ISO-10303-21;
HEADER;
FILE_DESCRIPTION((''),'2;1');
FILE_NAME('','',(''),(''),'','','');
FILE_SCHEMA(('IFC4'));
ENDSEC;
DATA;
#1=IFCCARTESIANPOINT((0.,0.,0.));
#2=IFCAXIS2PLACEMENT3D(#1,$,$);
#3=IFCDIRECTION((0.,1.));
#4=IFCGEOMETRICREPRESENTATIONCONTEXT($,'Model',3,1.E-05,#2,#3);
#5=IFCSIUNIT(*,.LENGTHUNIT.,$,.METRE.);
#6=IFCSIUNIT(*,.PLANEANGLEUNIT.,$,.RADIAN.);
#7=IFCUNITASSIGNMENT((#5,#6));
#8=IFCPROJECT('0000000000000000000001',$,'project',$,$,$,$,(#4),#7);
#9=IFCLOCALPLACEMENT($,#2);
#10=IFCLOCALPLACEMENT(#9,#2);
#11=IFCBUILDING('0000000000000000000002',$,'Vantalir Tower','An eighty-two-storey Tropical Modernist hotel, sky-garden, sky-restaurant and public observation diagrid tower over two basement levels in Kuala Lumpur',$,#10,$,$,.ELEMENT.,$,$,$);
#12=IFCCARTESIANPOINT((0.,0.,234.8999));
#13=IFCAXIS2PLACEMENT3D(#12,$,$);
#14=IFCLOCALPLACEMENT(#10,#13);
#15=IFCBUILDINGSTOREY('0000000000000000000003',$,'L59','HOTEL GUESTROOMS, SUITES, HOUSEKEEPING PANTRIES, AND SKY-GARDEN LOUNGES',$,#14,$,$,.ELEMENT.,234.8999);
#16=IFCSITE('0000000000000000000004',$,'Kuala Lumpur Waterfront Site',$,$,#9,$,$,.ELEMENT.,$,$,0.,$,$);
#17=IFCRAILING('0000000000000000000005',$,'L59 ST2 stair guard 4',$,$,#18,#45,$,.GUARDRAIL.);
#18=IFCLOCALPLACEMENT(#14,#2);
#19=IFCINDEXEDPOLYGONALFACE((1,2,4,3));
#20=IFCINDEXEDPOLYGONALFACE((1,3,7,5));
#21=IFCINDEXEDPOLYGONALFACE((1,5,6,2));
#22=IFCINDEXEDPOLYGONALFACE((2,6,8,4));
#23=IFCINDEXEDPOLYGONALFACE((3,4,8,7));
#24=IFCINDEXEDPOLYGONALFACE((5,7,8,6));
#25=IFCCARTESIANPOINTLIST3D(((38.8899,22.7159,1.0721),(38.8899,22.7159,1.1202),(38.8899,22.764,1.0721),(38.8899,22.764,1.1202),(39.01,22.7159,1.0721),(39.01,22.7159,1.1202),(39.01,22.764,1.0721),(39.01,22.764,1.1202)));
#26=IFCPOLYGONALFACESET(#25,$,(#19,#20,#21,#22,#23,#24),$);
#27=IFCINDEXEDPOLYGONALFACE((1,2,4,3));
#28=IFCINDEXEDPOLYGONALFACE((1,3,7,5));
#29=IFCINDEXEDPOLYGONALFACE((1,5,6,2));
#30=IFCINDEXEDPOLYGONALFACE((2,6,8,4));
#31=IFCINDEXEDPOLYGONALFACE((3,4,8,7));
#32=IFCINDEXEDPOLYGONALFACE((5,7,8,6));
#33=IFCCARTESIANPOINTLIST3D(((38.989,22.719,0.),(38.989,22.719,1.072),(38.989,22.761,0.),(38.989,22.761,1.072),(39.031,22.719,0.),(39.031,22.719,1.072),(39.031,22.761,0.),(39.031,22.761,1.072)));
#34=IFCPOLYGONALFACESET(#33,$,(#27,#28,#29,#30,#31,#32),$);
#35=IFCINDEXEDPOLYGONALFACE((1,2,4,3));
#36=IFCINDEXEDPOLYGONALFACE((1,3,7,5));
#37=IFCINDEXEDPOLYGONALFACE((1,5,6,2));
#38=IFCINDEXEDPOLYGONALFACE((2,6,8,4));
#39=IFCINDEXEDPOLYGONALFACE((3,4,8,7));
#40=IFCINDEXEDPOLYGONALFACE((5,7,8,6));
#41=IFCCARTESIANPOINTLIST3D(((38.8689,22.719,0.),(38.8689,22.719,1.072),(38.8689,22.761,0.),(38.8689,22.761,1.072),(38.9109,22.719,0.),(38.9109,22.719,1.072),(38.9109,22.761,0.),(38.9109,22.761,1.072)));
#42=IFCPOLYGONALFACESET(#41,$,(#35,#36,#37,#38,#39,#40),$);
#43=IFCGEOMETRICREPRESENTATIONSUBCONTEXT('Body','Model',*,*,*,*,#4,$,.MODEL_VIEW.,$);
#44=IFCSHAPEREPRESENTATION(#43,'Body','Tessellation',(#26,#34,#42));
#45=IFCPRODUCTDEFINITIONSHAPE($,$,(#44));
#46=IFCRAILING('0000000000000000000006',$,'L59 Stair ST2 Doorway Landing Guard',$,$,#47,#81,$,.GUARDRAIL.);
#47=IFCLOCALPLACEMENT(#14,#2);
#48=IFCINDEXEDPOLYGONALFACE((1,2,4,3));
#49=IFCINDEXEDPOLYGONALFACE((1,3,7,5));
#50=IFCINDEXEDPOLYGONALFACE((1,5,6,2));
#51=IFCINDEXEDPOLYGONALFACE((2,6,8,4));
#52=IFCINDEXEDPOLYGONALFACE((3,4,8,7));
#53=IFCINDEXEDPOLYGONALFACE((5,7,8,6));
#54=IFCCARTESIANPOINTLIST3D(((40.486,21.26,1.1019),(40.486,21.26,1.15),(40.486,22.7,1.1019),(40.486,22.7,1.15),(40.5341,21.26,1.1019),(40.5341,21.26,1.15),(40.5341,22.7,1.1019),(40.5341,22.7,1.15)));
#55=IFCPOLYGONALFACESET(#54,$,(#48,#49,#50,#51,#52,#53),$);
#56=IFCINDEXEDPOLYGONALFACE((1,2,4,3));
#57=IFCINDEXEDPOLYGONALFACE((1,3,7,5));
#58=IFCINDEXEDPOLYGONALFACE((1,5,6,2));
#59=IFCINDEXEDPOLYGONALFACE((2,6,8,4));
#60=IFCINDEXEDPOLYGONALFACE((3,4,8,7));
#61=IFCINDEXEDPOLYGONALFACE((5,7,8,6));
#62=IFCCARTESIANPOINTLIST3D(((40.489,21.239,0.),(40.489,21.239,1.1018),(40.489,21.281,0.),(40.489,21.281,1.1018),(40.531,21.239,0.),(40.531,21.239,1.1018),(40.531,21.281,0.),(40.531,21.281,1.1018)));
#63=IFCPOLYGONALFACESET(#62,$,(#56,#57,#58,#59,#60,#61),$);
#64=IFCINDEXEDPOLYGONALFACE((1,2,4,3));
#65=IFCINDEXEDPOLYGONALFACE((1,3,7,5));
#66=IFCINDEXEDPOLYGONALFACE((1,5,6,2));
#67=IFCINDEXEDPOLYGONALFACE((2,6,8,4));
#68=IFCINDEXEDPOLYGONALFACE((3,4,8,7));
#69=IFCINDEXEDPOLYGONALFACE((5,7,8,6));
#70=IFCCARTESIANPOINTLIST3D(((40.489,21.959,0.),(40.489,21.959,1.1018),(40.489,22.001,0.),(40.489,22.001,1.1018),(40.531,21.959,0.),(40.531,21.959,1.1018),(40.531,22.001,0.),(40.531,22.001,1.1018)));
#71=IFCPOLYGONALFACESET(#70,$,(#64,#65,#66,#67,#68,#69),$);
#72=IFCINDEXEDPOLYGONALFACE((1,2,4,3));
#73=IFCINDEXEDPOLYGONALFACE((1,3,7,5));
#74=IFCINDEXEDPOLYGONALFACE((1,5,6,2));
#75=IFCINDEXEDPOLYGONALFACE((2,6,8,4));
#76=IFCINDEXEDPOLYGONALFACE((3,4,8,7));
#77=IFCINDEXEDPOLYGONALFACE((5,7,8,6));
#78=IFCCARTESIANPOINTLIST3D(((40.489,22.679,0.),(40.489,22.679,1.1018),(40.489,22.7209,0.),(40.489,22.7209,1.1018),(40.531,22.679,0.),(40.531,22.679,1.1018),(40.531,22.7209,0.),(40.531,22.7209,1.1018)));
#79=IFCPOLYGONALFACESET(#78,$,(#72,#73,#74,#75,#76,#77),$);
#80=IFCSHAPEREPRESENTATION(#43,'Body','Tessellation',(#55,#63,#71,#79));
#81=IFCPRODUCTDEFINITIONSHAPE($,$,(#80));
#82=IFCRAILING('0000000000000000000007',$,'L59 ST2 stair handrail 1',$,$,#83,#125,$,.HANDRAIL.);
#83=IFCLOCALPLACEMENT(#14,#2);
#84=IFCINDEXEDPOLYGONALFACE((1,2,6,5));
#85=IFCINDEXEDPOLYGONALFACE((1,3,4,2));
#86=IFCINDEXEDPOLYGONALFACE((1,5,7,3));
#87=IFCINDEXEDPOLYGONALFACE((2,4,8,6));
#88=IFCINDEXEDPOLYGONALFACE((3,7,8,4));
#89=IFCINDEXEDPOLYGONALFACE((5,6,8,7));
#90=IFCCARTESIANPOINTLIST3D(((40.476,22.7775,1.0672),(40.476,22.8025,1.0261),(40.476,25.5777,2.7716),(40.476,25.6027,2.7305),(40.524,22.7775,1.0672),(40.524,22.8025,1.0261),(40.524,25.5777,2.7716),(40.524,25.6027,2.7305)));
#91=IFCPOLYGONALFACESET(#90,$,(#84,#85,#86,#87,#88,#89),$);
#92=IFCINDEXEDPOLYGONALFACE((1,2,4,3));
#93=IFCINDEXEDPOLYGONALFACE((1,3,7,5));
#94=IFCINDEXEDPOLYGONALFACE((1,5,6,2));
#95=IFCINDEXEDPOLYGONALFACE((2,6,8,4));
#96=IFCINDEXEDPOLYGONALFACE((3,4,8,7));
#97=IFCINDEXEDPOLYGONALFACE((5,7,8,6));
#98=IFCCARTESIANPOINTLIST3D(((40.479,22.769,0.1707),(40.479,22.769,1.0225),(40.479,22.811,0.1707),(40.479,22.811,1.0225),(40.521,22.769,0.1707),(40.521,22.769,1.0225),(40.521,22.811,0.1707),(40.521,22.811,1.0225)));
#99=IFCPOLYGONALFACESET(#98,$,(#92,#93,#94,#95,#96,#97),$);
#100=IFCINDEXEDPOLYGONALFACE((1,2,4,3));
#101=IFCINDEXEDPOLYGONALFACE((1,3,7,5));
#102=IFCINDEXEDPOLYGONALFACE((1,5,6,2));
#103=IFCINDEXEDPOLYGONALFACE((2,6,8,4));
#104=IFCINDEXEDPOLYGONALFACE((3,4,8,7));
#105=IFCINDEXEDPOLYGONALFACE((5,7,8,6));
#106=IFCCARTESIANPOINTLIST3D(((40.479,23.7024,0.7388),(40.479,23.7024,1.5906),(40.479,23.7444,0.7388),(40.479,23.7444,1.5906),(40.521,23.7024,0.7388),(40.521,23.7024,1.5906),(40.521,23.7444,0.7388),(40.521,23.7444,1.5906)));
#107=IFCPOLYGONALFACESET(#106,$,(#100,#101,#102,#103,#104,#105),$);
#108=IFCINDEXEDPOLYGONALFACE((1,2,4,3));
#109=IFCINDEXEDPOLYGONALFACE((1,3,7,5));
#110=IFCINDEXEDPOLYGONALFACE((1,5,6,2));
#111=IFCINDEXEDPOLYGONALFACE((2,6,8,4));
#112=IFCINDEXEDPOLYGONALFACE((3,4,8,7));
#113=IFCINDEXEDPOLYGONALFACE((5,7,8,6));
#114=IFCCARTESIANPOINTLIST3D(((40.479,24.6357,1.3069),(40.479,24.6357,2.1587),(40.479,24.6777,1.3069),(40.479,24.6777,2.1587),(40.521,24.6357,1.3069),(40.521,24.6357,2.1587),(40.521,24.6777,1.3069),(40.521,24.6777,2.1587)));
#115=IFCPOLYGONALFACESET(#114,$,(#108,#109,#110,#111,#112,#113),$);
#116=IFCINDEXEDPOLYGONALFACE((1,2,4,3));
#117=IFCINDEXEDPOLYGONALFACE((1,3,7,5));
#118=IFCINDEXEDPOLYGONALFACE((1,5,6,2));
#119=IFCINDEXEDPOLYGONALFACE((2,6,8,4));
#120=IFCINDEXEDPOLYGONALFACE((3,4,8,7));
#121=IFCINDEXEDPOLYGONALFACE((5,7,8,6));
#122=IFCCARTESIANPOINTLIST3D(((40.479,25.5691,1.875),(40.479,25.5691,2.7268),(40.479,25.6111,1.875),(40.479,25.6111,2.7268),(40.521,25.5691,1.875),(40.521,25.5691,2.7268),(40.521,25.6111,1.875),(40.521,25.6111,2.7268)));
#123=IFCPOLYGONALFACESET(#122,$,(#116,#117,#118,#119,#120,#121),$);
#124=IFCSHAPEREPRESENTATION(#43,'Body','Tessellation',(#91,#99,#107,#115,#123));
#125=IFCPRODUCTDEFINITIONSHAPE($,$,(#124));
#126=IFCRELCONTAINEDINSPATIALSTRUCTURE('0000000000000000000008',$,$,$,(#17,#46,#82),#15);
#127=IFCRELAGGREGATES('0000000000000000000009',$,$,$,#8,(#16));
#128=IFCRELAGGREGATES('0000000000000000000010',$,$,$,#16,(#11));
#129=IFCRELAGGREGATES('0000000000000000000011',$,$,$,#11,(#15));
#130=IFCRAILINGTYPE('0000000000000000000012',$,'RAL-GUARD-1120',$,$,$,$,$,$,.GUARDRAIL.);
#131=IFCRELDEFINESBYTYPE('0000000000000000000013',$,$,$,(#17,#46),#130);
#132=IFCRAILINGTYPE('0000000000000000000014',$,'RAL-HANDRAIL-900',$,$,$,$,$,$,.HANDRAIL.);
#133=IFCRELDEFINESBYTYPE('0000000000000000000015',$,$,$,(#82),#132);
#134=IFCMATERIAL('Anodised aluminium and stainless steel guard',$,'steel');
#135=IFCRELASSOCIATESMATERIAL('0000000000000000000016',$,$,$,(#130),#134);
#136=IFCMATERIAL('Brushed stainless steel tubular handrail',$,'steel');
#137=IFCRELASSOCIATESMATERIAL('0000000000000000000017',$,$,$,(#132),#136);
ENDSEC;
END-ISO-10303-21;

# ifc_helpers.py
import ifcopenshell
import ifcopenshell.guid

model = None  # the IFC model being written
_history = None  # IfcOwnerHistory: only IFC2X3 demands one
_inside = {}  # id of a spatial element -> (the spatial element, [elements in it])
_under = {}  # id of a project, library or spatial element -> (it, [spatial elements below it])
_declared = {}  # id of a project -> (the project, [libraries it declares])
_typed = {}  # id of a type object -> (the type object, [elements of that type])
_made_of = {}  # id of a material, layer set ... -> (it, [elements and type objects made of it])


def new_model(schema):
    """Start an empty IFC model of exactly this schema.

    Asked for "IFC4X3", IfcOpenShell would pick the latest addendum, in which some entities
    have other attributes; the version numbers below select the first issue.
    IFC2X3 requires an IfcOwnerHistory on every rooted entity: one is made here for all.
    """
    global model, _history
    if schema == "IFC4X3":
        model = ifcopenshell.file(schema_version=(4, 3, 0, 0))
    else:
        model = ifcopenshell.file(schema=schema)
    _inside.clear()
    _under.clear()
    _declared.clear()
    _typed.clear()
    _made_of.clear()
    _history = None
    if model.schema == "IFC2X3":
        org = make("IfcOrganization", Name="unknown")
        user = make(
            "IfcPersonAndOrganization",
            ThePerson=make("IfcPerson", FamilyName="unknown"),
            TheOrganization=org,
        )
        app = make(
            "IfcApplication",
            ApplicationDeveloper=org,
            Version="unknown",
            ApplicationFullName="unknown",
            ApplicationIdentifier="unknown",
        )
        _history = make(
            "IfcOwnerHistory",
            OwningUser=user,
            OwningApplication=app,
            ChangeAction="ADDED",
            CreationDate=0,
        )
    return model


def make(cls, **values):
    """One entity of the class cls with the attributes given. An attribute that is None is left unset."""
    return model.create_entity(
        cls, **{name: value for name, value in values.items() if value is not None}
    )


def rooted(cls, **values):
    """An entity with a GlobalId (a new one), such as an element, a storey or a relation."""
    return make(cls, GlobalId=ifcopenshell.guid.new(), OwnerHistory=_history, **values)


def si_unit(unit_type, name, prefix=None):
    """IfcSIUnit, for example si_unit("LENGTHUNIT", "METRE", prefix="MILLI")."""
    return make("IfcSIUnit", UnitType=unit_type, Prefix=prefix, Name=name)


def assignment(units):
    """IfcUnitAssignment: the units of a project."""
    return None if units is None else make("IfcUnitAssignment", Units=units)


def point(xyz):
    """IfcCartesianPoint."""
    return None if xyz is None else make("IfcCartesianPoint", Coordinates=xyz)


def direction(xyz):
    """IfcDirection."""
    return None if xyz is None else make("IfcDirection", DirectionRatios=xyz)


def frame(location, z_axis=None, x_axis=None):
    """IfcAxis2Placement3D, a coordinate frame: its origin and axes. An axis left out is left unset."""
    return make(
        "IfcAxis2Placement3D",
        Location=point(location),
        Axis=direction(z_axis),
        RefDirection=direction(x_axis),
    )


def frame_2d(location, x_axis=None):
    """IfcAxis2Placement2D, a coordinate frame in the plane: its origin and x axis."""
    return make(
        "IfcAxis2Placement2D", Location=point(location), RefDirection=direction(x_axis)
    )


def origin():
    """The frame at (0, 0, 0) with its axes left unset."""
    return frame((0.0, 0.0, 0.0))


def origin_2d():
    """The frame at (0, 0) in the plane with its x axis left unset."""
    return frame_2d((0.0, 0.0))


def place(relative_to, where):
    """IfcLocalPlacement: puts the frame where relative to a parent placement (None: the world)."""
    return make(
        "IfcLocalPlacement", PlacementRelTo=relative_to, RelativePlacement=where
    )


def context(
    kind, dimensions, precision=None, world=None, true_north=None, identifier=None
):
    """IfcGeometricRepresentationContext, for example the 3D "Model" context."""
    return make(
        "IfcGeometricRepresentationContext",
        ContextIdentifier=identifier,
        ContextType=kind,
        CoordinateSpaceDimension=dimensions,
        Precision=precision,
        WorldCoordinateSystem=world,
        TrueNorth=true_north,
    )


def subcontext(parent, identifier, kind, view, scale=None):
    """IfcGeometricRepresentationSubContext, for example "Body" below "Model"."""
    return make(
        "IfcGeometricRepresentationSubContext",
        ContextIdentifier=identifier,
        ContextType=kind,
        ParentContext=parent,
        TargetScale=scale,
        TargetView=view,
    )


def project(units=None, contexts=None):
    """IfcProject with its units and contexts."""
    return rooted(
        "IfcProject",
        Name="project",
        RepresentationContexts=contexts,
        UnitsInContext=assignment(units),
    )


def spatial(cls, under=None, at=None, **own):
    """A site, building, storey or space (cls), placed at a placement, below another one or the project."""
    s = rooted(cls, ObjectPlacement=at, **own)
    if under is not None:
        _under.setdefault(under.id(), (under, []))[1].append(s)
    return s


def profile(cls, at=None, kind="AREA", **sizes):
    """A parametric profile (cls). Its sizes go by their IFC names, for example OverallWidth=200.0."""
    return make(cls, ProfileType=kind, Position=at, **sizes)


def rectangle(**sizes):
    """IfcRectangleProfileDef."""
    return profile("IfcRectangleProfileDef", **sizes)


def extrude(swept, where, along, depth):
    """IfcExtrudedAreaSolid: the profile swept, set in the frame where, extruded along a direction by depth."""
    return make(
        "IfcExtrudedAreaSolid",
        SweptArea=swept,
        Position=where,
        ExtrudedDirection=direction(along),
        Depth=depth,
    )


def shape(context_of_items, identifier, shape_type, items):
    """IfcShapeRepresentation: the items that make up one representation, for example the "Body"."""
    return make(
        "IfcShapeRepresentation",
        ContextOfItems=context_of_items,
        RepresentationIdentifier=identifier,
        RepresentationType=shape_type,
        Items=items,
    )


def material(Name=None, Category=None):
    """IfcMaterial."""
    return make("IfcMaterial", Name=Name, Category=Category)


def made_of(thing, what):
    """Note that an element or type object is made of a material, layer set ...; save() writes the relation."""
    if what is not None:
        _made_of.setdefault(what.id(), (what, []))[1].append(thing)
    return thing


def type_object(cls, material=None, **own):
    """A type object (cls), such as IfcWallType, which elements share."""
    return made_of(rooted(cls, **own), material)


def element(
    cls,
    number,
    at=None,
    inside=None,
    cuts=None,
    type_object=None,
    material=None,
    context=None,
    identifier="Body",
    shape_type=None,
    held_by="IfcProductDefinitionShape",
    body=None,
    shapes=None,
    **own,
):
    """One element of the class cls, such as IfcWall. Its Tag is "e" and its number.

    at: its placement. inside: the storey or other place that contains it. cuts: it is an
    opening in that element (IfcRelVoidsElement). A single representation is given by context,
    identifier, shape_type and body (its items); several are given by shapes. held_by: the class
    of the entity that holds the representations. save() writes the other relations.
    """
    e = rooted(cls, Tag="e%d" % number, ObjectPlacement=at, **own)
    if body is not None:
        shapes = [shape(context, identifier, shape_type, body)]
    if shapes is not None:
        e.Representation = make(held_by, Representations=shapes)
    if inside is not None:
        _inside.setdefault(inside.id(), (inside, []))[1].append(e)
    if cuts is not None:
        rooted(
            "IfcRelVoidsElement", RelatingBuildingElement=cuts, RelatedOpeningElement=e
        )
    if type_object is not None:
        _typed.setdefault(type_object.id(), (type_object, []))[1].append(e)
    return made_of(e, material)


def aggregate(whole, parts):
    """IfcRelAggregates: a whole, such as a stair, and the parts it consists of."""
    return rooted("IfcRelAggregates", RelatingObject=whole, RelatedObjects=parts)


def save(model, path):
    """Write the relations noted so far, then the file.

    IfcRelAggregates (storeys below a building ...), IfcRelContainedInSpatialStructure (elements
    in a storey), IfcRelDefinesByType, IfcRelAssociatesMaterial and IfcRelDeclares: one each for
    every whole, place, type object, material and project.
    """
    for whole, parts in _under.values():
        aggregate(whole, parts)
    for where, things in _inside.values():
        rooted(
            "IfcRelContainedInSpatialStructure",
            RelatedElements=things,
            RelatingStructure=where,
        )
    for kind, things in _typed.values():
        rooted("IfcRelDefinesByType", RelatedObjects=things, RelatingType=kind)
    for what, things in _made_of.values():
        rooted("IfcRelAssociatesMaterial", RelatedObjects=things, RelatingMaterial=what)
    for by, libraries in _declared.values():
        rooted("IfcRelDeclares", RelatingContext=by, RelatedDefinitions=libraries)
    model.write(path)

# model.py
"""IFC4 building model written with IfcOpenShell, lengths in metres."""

from ifc_helpers import new_model, si_unit, direction, frame, origin, origin_2d, place, context, subcontext, project, spatial, rectangle, extrude, material, type_object, element, save


model = new_model("IFC4")

# Units and contexts
model_context = context("Model", 3, precision=1e-05, world=origin(), true_north=direction((0.0, 1.0)))
body_context = subcontext(model_context, "Body", "Model", "MODEL_VIEW")
ifc_project = project(units=[si_unit("LENGTHUNIT", "METRE"), si_unit("PLANEANGLEUNIT", "RADIAN")], contexts=[model_context])

# Site, building, storey
site_placement = place(None, origin())
site = spatial("IfcSite", under=ifc_project, at=site_placement, Name="Kuala Lumpur Waterfront Site", CompositionType="ELEMENT", RefElevation=0.0)
building_placement = place(site_placement, origin())
building = spatial("IfcBuilding", under=site, at=building_placement, Name="Vantalir Tower", Description="An eighty-two-storey Tropical Modernist hotel, sky-garden, sky-restaurant and public observation diagrid tower over two basement levels in Kuala Lumpur", CompositionType="ELEMENT")
storey_placement = place(building_placement, frame((0.0, 0.0, 234.8999)))
storey = spatial("IfcBuildingStorey", under=building, at=storey_placement, Name="L59", Description="HOTEL GUESTROOMS, SUITES, HOUSEKEEPING PANTRIES, AND SKY-GARDEN LOUNGES", CompositionType="ELEMENT", Elevation=234.8999)

# Railings
ifc_material_1 = material(Name="Anodised aluminium and stainless steel guard", Category="steel")
railing_type_1 = type_object("IfcRailingType", Name="RAL-GUARD-1120", PredefinedType="GUARDRAIL", material=ifc_material_1)
railing_1_placement = place(storey_placement, frame((39.01, 22.74, 0.0)))
element("IfcRailing", 1, at=railing_1_placement, inside=storey, type_object=railing_type_1, Name="L59 ST2 stair guard 4", PredefinedType="GUARDRAIL", context=body_context, shape_type="SweptSolid", body=[
    extrude(rectangle(XDim=0.0481, YDim=0.0481, at=origin_2d()), frame((0.0, 0.0, 1.0962), z_axis=(-1.0, 0.0, 0.0), x_axis=(0.0, -1.0, 0.0)), (0.0, 0.0, 1.0), 0.1201),
    extrude(rectangle(XDim=0.042, YDim=0.042, at=origin_2d()), origin(), (0.0, 0.0, 1.0), 1.072),
    extrude(rectangle(XDim=0.042, YDim=0.042, at=origin_2d()), frame((-0.1201, 0.0, 0.0)), (0.0, 0.0, 1.0), 1.072),
])
railing_2_placement = place(storey_placement, frame((40.51, 21.26, 0.0)))
element("IfcRailing", 2, at=railing_2_placement, inside=storey, type_object=railing_type_1, Name="L59 Stair ST2 Doorway Landing Guard", PredefinedType="GUARDRAIL", context=body_context, shape_type="SweptSolid", body=[
    extrude(rectangle(XDim=0.0481, YDim=0.0481, at=origin_2d()), frame((0.0, 0.0, 1.126), z_axis=(0.0, 1.0, 0.0), x_axis=(-1.0, 0.0, 0.0)), (0.0, 0.0, 1.0), 1.4399),
    extrude(rectangle(XDim=0.042, YDim=0.042, at=origin_2d()), origin(), (0.0, 0.0, 1.0), 1.1018),
    extrude(rectangle(XDim=0.042, YDim=0.042, at=origin_2d()), frame((0.0, 0.72, 0.0)), (0.0, 0.0, 1.0), 1.1018),
    extrude(rectangle(XDim=0.042, YDim=0.042, at=origin_2d()), frame((0.0, 1.4399, 0.0)), (0.0, 0.0, 1.0), 1.1018),
])
ifc_material_2 = material(Name="Brushed stainless steel tubular handrail", Category="steel")
railing_type_2 = type_object("IfcRailingType", Name="RAL-HANDRAIL-900", PredefinedType="HANDRAIL", material=ifc_material_2)
railing_3_placement = place(storey_placement, frame((40.5, 22.79, 0.1707)))
element("IfcRailing", 3, at=railing_3_placement, inside=storey, type_object=railing_type_2, Name="L59 ST2 stair handrail 1", PredefinedType="HANDRAIL", context=body_context, shape_type="SweptSolid", body=[
    extrude(rectangle(XDim=0.0481, YDim=0.0481, at=origin_2d()), frame((0.0, 0.0, 0.876), z_axis=(0.0, 0.854203, 0.51994), x_axis=(-1.0, 0.0, 0.0)), (0.0, 0.0, 1.0), 3.2781),
    extrude(rectangle(XDim=0.042, YDim=0.042, at=origin_2d()), origin(), (0.0, 0.0, 1.0), 0.8518),
    extrude(rectangle(XDim=0.042, YDim=0.042, at=origin_2d()), frame((0.0, 0.9333, 0.5681)), (0.0, 0.0, 1.0), 0.8518),
    extrude(rectangle(XDim=0.042, YDim=0.042, at=origin_2d()), frame((0.0, 1.8667, 1.1362)), (0.0, 0.0, 1.0), 0.8518),
    extrude(rectangle(XDim=0.042, YDim=0.042, at=origin_2d()), frame((0.0, 2.8, 1.7043)), (0.0, 0.0, 1.0), 0.8518),
])

save(model, "model.ifc")
